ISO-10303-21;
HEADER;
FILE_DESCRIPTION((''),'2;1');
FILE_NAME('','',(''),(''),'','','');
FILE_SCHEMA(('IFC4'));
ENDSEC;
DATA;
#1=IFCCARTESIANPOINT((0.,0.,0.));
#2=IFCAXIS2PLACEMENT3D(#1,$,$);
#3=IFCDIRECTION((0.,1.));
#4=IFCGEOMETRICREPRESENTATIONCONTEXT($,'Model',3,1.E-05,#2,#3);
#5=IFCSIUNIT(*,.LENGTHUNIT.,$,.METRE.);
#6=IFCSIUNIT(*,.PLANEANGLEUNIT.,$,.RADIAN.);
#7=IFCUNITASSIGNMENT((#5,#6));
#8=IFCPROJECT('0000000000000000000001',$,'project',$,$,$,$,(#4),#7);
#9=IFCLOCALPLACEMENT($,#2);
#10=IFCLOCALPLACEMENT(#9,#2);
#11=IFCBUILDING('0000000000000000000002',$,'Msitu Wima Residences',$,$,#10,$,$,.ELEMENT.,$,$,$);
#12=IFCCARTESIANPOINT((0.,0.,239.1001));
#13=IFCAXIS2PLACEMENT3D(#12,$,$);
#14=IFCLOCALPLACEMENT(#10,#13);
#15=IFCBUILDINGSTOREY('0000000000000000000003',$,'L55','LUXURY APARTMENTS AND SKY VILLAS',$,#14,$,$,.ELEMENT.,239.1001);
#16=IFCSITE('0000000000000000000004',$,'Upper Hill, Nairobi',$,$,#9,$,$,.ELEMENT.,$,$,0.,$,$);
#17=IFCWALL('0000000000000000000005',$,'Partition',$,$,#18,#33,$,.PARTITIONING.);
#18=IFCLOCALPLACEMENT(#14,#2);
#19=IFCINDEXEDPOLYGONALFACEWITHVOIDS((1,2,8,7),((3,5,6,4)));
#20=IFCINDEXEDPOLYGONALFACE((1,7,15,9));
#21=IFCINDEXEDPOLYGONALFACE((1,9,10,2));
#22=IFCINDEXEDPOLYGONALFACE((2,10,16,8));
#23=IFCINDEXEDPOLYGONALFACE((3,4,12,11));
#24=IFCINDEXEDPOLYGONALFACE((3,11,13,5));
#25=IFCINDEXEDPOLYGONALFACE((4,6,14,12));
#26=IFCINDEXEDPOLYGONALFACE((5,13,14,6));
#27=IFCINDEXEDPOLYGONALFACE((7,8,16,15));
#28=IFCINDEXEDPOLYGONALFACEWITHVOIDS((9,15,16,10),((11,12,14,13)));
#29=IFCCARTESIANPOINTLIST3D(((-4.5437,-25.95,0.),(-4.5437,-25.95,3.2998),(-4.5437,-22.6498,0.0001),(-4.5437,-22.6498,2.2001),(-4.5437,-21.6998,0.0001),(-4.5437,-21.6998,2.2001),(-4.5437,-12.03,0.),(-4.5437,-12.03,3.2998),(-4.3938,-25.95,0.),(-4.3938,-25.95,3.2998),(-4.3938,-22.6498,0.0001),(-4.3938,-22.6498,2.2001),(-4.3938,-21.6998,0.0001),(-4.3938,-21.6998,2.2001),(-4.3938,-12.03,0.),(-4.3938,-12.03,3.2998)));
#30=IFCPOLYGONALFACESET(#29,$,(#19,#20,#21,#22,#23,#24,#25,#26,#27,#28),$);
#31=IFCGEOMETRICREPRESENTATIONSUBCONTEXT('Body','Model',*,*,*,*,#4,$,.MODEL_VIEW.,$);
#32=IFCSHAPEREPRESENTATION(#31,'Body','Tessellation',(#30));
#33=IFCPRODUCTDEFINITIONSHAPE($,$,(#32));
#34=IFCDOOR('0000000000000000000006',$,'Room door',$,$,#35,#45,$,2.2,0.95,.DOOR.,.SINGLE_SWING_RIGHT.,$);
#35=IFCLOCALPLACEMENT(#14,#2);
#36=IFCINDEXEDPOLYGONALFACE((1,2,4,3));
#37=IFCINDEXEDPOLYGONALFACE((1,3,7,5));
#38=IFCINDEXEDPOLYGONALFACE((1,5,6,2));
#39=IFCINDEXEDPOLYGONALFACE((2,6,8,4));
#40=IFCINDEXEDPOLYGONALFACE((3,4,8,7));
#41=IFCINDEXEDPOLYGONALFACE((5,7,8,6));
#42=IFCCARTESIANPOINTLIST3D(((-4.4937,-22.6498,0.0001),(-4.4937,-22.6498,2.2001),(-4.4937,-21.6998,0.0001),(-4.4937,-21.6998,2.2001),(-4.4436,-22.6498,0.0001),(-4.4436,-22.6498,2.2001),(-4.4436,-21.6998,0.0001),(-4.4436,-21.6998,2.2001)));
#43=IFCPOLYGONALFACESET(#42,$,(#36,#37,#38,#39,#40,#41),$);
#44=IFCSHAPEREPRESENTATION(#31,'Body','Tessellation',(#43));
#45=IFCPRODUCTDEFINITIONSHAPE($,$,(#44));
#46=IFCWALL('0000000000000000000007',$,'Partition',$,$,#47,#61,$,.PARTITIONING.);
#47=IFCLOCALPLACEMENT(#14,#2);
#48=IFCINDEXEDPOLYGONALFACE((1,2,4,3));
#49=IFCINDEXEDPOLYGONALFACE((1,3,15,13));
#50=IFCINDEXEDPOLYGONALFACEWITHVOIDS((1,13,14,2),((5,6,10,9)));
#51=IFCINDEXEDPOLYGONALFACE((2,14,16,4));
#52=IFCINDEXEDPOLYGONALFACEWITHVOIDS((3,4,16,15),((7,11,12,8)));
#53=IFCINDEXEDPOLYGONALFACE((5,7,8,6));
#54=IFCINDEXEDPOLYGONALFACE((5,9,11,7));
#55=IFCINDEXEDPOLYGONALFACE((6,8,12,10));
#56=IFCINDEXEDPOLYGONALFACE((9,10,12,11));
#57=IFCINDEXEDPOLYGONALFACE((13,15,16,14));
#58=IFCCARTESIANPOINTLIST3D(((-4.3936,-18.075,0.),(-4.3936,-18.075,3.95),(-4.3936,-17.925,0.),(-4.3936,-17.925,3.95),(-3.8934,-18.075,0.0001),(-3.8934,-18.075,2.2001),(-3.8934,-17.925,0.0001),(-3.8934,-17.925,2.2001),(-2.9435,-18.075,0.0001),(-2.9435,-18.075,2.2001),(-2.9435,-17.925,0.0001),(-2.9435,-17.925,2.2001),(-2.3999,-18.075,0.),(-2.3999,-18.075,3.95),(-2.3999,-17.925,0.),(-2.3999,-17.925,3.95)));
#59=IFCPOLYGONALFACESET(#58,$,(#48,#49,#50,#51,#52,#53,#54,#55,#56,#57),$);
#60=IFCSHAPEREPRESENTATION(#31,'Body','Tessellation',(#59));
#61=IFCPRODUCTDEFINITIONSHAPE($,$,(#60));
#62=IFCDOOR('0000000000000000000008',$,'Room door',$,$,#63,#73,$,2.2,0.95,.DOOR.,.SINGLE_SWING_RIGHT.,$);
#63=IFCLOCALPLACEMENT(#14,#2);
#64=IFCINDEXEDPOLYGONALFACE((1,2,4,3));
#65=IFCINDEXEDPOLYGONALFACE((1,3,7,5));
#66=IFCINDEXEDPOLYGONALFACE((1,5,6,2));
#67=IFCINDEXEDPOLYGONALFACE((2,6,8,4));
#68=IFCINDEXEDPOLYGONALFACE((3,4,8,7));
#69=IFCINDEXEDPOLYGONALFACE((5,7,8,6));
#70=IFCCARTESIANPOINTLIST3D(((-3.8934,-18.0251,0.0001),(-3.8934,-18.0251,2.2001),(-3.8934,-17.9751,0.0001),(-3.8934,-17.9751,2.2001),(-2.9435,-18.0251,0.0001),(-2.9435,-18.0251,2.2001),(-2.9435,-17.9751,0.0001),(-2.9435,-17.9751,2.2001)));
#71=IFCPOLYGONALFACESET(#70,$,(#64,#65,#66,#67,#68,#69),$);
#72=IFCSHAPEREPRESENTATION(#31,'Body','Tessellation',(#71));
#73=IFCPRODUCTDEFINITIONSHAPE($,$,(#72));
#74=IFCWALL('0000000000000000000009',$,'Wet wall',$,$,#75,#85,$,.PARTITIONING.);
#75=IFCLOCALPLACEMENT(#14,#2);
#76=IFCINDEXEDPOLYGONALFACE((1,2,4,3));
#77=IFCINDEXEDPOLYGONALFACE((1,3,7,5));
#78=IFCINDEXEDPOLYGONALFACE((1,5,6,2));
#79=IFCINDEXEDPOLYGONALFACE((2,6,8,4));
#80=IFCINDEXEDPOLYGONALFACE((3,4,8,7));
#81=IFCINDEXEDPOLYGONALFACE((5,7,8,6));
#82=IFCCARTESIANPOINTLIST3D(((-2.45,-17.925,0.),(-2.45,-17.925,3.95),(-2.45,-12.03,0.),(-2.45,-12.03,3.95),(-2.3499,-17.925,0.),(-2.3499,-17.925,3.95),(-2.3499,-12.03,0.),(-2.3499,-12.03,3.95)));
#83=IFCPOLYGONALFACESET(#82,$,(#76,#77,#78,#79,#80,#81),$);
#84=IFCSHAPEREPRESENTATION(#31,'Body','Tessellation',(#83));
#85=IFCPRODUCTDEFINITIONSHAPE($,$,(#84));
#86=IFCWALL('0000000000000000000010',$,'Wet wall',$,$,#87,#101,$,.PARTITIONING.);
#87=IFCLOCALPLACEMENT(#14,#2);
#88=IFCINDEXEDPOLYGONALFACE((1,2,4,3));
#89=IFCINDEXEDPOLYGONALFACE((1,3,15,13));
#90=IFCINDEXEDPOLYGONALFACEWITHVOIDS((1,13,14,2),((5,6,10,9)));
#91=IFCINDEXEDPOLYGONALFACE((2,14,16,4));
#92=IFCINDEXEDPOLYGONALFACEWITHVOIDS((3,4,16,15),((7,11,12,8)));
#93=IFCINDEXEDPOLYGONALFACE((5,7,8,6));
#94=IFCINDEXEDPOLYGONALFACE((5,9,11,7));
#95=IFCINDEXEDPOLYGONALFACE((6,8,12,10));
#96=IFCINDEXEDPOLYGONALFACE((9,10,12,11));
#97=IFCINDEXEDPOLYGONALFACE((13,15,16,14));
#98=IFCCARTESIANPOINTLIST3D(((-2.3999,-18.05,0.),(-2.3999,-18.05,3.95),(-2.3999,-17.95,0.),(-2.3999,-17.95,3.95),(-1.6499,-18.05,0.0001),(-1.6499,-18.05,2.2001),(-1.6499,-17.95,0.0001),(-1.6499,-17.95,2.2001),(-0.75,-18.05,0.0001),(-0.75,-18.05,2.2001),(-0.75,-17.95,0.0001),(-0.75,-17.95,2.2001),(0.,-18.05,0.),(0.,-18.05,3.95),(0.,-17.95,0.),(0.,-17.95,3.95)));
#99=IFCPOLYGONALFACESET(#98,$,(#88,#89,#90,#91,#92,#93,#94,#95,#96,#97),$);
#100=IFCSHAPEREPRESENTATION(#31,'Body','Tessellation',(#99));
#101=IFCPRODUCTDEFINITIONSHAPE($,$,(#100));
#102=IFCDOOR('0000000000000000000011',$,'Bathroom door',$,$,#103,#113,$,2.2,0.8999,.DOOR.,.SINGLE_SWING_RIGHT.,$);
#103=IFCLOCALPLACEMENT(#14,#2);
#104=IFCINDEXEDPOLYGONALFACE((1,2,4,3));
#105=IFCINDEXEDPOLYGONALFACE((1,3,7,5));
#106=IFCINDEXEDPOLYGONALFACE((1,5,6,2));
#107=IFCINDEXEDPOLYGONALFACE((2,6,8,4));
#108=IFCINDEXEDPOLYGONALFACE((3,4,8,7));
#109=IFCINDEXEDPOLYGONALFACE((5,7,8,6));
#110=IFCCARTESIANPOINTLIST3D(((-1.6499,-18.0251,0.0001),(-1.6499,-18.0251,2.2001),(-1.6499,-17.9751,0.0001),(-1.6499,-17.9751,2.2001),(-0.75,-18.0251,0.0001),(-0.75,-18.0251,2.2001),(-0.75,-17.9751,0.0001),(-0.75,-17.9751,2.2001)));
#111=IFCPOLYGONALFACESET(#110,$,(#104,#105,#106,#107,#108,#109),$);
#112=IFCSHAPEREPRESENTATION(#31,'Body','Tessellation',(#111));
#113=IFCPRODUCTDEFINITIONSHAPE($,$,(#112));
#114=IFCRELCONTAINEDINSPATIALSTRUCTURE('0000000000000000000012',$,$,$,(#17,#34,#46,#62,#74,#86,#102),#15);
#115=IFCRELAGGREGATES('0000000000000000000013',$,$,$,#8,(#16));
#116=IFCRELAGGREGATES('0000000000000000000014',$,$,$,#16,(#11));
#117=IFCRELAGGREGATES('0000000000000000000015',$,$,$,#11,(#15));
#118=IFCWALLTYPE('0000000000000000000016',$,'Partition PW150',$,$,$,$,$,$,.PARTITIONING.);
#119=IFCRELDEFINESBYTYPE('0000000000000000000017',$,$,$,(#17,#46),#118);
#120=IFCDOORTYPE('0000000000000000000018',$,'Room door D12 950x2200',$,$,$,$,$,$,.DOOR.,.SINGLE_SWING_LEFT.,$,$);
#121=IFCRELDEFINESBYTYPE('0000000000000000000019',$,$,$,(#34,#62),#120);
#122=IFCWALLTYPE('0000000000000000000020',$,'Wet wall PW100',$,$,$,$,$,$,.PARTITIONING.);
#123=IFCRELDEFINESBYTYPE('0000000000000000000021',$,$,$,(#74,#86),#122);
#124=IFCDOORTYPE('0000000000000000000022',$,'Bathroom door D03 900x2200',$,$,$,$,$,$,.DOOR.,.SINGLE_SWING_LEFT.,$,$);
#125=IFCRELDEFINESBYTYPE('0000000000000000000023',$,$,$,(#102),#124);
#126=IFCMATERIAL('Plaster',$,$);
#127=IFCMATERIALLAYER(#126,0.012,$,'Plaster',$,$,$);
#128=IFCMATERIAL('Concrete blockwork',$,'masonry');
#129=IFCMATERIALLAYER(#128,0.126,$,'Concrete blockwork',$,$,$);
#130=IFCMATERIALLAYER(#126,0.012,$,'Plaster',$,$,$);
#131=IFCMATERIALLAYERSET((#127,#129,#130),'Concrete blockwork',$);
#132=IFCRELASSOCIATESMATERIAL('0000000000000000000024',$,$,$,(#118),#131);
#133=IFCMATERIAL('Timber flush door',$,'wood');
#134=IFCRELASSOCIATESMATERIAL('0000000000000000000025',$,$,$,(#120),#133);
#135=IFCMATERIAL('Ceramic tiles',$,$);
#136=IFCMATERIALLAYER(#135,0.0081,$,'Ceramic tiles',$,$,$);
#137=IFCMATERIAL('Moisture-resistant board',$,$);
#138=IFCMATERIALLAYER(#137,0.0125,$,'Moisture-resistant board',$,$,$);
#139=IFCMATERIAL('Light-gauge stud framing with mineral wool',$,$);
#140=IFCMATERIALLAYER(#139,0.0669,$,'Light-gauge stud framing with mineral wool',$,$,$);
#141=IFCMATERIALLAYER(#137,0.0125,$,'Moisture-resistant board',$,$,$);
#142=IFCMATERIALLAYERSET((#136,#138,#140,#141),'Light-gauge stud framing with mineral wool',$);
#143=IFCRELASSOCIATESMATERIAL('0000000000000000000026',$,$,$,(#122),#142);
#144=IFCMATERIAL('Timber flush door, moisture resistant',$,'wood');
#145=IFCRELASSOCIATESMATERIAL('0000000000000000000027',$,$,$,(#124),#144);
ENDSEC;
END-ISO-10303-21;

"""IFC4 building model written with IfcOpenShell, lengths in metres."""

from ifc_helpers import new_model, si_unit, direction, frame, frame_2d, origin, place, context, subcontext, project, spatial, rectangle, extrude, material, layer, layer_set, type_object, element, fill, save


model = new_model("IFC4")

# Units and contexts
model_context = context("Model", 3, precision=1e-05, world=origin(), true_north=direction((0.0, 1.0)))
body_context = subcontext(model_context, "Body", "Model", "MODEL_VIEW")
ifc_project = project(units=[si_unit("LENGTHUNIT", "METRE"), si_unit("PLANEANGLEUNIT", "RADIAN")], contexts=[model_context])

# Site, building, storey
site_placement = place(None, origin())
site = spatial("IfcSite", under=ifc_project, at=site_placement, Name="Upper Hill, Nairobi", CompositionType="ELEMENT", RefElevation=0.0)
building_placement = place(site_placement, origin())
building = spatial("IfcBuilding", under=site, at=building_placement, Name="Msitu Wima Residences", CompositionType="ELEMENT")
storey_placement = place(building_placement, frame((0.0, 0.0, 239.1001)))
storey = spatial("IfcBuildingStorey", under=building, at=storey_placement, Name="L55", Description="LUXURY APARTMENTS AND SKY VILLAS", CompositionType="ELEMENT", Elevation=239.1001)

# Walls, openings, doors
ifc_material_1 = material(Name="Plaster")
ifc_layer_1 = layer(ifc_material_1, 0.012, Name="Plaster")
ifc_material_2 = material(Name="Concrete blockwork", Category="masonry")
ifc_layer_2 = layer(ifc_material_2, 0.126, Name="Concrete blockwork")
ifc_layer_3 = layer(ifc_material_1, 0.012, Name="Plaster")
ifc_layer_set_1 = layer_set([ifc_layer_1, ifc_layer_2, ifc_layer_3], Name="Concrete blockwork")
wall_type_1 = type_object("IfcWallType", Name="Partition PW150", PredefinedType="PARTITIONING", material=ifc_layer_set_1)
ifc_material_3 = material(Name="Timber flush door", Category="wood")
door_type_1 = type_object("IfcDoorType", Name="Room door D12 950x2200", OperationType="SINGLE_SWING_LEFT", PredefinedType="DOOR", material=ifc_material_3)
wall_1_placement = place(storey_placement, frame((-4.4688, -25.95, 0.0), z_axis=(0.0, 0.0, 1.0), x_axis=(0.0, 1.0, 0.0)))
wall_1 = element("IfcWall", 1, at=wall_1_placement, inside=storey, type_object=wall_type_1, Name="Partition", PredefinedType="PARTITIONING", context=body_context, shape_type="SweptSolid", body=[
    extrude(rectangle(XDim=13.9199, YDim=0.1499, at=frame_2d((6.96, 0.0))), origin(), (0.0, 0.0, 1.0), 3.2998),
])
opening_1_placement = place(wall_1_placement, frame((3.3, 0.0, 0.0)))
opening_1 = element("IfcOpeningElement", 2, at=opening_1_placement, cuts=wall_1, PredefinedType="OPENING", context=body_context, shape_type="SweptSolid", body=[
    extrude(rectangle(XDim=0.95, YDim=2.2, at=frame_2d((0.4751, 1.1001))), frame((0.0, 0.085, 0.0), z_axis=(0.0, -1.0, 0.0), x_axis=(1.0, 0.0, 0.0)), (0.0, 0.0, 1.0), 0.1699),
])
door_1_placement = place(opening_1_placement, origin())
door_1 = element("IfcDoor", 3, at=door_1_placement, inside=storey, type_object=door_type_1, Name="Room door", OperationType="SINGLE_SWING_RIGHT", OverallHeight=2.2, OverallWidth=0.95, PredefinedType="DOOR", context=body_context, shape_type="SweptSolid", body=[
    extrude(rectangle(XDim=0.95, YDim=2.2, at=frame_2d((0.4751, 1.1001))), frame((0.0, 0.0249, 0.0), z_axis=(0.0, -1.0, 0.0), x_axis=(1.0, 0.0, 0.0)), (0.0, 0.0, 1.0), 0.05),
])
fill(opening_1, door_1)
wall_2_placement = place(storey_placement, frame((-4.3936, -18.0, 0.0), z_axis=(0.0, 0.0, 1.0), x_axis=(1.0, 0.0, 0.0)))
wall_2 = element("IfcWall", 4, at=wall_2_placement, inside=storey, type_object=wall_type_1, Name="Partition", PredefinedType="PARTITIONING", context=body_context, shape_type="SweptSolid", body=[
    extrude(rectangle(XDim=1.9937, YDim=0.1499, at=frame_2d((0.9968, 0.0))), origin(), (0.0, 0.0, 1.0), 3.95),
])
opening_2_placement = place(wall_2_placement, frame((0.5, 0.0, 0.0)))
opening_2 = element("IfcOpeningElement", 5, at=opening_2_placement, cuts=wall_2, PredefinedType="OPENING", context=body_context, shape_type="SweptSolid", body=[
    extrude(rectangle(XDim=0.95, YDim=2.2, at=frame_2d((0.4751, 1.1001))), frame((0.0, 0.085, 0.0), z_axis=(0.0, -1.0, 0.0), x_axis=(1.0, 0.0, 0.0)), (0.0, 0.0, 1.0), 0.1699),
])
door_2_placement = place(opening_2_placement, origin())
door_2 = element("IfcDoor", 6, at=door_2_placement, inside=storey, type_object=door_type_1, Name="Room door", OperationType="SINGLE_SWING_RIGHT", OverallHeight=2.2, OverallWidth=0.95, PredefinedType="DOOR", context=body_context, shape_type="SweptSolid", body=[
    extrude(rectangle(XDim=0.95, YDim=2.2, at=frame_2d((0.4751, 1.1001))), frame((0.0, 0.0249, 0.0), z_axis=(0.0, -1.0, 0.0), x_axis=(1.0, 0.0, 0.0)), (0.0, 0.0, 1.0), 0.05),
])
fill(opening_2, door_2)

# Wall
ifc_material_4 = material(Name="Ceramic tiles")
ifc_layer_4 = layer(ifc_material_4, 0.0081, Name="Ceramic tiles")
ifc_material_5 = material(Name="Moisture-resistant board")
ifc_layer_5 = layer(ifc_material_5, 0.0125, Name="Moisture-resistant board")
ifc_material_6 = material(Name="Light-gauge stud framing with mineral wool")
ifc_layer_6 = layer(ifc_material_6, 0.0669, Name="Light-gauge stud framing with mineral wool")
ifc_layer_7 = layer(ifc_material_5, 0.0125, Name="Moisture-resistant board")
ifc_layer_set_2 = layer_set([ifc_layer_4, ifc_layer_5, ifc_layer_6, ifc_layer_7], Name="Light-gauge stud framing with mineral wool")
wall_type_2 = type_object("IfcWallType", Name="Wet wall PW100", PredefinedType="PARTITIONING", material=ifc_layer_set_2)
wall_3_placement = place(storey_placement, frame((-2.3999, -17.925, 0.0), z_axis=(0.0, 0.0, 1.0), x_axis=(0.0, 1.0, 0.0)))
element("IfcWall", 7, at=wall_3_placement, inside=storey, type_object=wall_type_2, Name="Wet wall", PredefinedType="PARTITIONING", context=body_context, shape_type="SweptSolid", body=[
    extrude(rectangle(XDim=5.895, YDim=0.1001, at=frame_2d((2.9475, 0.0))), origin(), (0.0, 0.0, 1.0), 3.95),
])

# Wall, opening, door
wall_4_placement = place(storey_placement, frame((-2.3999, -18.0, 0.0), z_axis=(0.0, 0.0, 1.0), x_axis=(1.0, 0.0, 0.0)))
wall_4 = element("IfcWall", 8, at=wall_4_placement, inside=storey, type_object=wall_type_2, Name="Wet wall", PredefinedType="PARTITIONING", context=body_context, shape_type="SweptSolid", body=[
    extrude(rectangle(XDim=2.3999, YDim=0.1001, at=frame_2d((1.2, 0.0))), origin(), (0.0, 0.0, 1.0), 3.95),
])
opening_3_placement = place(wall_4_placement, frame((0.75, 0.0, 0.0)))
opening_3 = element("IfcOpeningElement", 9, at=opening_3_placement, cuts=wall_4, PredefinedType="OPENING", context=body_context, shape_type="SweptSolid", body=[
    extrude(rectangle(XDim=0.8999, YDim=2.2, at=frame_2d((0.45, 1.1001))), frame((0.0, 0.0601, 0.0), z_axis=(0.0, -1.0, 0.0), x_axis=(1.0, 0.0, 0.0)), (0.0, 0.0, 1.0), 0.1201),
])
ifc_material_7 = material(Name="Timber flush door, moisture resistant", Category="wood")
door_type_2 = type_object("IfcDoorType", Name="Bathroom door D03 900x2200", OperationType="SINGLE_SWING_LEFT", PredefinedType="DOOR", material=ifc_material_7)
door_3_placement = place(opening_3_placement, origin())
door_3 = element("IfcDoor", 10, at=door_3_placement, inside=storey, type_object=door_type_2, Name="Bathroom door", OperationType="SINGLE_SWING_RIGHT", OverallHeight=2.2, OverallWidth=0.8999, PredefinedType="DOOR", context=body_context, shape_type="SweptSolid", body=[
    extrude(rectangle(XDim=0.8999, YDim=2.2, at=frame_2d((0.45, 1.1001))), frame((0.0, 0.0249, 0.0), z_axis=(0.0, -1.0, 0.0), x_axis=(1.0, 0.0, 0.0)), (0.0, 0.0, 1.0), 0.05),
])
fill(opening_3, door_3)

save(model, "model.ifc")
